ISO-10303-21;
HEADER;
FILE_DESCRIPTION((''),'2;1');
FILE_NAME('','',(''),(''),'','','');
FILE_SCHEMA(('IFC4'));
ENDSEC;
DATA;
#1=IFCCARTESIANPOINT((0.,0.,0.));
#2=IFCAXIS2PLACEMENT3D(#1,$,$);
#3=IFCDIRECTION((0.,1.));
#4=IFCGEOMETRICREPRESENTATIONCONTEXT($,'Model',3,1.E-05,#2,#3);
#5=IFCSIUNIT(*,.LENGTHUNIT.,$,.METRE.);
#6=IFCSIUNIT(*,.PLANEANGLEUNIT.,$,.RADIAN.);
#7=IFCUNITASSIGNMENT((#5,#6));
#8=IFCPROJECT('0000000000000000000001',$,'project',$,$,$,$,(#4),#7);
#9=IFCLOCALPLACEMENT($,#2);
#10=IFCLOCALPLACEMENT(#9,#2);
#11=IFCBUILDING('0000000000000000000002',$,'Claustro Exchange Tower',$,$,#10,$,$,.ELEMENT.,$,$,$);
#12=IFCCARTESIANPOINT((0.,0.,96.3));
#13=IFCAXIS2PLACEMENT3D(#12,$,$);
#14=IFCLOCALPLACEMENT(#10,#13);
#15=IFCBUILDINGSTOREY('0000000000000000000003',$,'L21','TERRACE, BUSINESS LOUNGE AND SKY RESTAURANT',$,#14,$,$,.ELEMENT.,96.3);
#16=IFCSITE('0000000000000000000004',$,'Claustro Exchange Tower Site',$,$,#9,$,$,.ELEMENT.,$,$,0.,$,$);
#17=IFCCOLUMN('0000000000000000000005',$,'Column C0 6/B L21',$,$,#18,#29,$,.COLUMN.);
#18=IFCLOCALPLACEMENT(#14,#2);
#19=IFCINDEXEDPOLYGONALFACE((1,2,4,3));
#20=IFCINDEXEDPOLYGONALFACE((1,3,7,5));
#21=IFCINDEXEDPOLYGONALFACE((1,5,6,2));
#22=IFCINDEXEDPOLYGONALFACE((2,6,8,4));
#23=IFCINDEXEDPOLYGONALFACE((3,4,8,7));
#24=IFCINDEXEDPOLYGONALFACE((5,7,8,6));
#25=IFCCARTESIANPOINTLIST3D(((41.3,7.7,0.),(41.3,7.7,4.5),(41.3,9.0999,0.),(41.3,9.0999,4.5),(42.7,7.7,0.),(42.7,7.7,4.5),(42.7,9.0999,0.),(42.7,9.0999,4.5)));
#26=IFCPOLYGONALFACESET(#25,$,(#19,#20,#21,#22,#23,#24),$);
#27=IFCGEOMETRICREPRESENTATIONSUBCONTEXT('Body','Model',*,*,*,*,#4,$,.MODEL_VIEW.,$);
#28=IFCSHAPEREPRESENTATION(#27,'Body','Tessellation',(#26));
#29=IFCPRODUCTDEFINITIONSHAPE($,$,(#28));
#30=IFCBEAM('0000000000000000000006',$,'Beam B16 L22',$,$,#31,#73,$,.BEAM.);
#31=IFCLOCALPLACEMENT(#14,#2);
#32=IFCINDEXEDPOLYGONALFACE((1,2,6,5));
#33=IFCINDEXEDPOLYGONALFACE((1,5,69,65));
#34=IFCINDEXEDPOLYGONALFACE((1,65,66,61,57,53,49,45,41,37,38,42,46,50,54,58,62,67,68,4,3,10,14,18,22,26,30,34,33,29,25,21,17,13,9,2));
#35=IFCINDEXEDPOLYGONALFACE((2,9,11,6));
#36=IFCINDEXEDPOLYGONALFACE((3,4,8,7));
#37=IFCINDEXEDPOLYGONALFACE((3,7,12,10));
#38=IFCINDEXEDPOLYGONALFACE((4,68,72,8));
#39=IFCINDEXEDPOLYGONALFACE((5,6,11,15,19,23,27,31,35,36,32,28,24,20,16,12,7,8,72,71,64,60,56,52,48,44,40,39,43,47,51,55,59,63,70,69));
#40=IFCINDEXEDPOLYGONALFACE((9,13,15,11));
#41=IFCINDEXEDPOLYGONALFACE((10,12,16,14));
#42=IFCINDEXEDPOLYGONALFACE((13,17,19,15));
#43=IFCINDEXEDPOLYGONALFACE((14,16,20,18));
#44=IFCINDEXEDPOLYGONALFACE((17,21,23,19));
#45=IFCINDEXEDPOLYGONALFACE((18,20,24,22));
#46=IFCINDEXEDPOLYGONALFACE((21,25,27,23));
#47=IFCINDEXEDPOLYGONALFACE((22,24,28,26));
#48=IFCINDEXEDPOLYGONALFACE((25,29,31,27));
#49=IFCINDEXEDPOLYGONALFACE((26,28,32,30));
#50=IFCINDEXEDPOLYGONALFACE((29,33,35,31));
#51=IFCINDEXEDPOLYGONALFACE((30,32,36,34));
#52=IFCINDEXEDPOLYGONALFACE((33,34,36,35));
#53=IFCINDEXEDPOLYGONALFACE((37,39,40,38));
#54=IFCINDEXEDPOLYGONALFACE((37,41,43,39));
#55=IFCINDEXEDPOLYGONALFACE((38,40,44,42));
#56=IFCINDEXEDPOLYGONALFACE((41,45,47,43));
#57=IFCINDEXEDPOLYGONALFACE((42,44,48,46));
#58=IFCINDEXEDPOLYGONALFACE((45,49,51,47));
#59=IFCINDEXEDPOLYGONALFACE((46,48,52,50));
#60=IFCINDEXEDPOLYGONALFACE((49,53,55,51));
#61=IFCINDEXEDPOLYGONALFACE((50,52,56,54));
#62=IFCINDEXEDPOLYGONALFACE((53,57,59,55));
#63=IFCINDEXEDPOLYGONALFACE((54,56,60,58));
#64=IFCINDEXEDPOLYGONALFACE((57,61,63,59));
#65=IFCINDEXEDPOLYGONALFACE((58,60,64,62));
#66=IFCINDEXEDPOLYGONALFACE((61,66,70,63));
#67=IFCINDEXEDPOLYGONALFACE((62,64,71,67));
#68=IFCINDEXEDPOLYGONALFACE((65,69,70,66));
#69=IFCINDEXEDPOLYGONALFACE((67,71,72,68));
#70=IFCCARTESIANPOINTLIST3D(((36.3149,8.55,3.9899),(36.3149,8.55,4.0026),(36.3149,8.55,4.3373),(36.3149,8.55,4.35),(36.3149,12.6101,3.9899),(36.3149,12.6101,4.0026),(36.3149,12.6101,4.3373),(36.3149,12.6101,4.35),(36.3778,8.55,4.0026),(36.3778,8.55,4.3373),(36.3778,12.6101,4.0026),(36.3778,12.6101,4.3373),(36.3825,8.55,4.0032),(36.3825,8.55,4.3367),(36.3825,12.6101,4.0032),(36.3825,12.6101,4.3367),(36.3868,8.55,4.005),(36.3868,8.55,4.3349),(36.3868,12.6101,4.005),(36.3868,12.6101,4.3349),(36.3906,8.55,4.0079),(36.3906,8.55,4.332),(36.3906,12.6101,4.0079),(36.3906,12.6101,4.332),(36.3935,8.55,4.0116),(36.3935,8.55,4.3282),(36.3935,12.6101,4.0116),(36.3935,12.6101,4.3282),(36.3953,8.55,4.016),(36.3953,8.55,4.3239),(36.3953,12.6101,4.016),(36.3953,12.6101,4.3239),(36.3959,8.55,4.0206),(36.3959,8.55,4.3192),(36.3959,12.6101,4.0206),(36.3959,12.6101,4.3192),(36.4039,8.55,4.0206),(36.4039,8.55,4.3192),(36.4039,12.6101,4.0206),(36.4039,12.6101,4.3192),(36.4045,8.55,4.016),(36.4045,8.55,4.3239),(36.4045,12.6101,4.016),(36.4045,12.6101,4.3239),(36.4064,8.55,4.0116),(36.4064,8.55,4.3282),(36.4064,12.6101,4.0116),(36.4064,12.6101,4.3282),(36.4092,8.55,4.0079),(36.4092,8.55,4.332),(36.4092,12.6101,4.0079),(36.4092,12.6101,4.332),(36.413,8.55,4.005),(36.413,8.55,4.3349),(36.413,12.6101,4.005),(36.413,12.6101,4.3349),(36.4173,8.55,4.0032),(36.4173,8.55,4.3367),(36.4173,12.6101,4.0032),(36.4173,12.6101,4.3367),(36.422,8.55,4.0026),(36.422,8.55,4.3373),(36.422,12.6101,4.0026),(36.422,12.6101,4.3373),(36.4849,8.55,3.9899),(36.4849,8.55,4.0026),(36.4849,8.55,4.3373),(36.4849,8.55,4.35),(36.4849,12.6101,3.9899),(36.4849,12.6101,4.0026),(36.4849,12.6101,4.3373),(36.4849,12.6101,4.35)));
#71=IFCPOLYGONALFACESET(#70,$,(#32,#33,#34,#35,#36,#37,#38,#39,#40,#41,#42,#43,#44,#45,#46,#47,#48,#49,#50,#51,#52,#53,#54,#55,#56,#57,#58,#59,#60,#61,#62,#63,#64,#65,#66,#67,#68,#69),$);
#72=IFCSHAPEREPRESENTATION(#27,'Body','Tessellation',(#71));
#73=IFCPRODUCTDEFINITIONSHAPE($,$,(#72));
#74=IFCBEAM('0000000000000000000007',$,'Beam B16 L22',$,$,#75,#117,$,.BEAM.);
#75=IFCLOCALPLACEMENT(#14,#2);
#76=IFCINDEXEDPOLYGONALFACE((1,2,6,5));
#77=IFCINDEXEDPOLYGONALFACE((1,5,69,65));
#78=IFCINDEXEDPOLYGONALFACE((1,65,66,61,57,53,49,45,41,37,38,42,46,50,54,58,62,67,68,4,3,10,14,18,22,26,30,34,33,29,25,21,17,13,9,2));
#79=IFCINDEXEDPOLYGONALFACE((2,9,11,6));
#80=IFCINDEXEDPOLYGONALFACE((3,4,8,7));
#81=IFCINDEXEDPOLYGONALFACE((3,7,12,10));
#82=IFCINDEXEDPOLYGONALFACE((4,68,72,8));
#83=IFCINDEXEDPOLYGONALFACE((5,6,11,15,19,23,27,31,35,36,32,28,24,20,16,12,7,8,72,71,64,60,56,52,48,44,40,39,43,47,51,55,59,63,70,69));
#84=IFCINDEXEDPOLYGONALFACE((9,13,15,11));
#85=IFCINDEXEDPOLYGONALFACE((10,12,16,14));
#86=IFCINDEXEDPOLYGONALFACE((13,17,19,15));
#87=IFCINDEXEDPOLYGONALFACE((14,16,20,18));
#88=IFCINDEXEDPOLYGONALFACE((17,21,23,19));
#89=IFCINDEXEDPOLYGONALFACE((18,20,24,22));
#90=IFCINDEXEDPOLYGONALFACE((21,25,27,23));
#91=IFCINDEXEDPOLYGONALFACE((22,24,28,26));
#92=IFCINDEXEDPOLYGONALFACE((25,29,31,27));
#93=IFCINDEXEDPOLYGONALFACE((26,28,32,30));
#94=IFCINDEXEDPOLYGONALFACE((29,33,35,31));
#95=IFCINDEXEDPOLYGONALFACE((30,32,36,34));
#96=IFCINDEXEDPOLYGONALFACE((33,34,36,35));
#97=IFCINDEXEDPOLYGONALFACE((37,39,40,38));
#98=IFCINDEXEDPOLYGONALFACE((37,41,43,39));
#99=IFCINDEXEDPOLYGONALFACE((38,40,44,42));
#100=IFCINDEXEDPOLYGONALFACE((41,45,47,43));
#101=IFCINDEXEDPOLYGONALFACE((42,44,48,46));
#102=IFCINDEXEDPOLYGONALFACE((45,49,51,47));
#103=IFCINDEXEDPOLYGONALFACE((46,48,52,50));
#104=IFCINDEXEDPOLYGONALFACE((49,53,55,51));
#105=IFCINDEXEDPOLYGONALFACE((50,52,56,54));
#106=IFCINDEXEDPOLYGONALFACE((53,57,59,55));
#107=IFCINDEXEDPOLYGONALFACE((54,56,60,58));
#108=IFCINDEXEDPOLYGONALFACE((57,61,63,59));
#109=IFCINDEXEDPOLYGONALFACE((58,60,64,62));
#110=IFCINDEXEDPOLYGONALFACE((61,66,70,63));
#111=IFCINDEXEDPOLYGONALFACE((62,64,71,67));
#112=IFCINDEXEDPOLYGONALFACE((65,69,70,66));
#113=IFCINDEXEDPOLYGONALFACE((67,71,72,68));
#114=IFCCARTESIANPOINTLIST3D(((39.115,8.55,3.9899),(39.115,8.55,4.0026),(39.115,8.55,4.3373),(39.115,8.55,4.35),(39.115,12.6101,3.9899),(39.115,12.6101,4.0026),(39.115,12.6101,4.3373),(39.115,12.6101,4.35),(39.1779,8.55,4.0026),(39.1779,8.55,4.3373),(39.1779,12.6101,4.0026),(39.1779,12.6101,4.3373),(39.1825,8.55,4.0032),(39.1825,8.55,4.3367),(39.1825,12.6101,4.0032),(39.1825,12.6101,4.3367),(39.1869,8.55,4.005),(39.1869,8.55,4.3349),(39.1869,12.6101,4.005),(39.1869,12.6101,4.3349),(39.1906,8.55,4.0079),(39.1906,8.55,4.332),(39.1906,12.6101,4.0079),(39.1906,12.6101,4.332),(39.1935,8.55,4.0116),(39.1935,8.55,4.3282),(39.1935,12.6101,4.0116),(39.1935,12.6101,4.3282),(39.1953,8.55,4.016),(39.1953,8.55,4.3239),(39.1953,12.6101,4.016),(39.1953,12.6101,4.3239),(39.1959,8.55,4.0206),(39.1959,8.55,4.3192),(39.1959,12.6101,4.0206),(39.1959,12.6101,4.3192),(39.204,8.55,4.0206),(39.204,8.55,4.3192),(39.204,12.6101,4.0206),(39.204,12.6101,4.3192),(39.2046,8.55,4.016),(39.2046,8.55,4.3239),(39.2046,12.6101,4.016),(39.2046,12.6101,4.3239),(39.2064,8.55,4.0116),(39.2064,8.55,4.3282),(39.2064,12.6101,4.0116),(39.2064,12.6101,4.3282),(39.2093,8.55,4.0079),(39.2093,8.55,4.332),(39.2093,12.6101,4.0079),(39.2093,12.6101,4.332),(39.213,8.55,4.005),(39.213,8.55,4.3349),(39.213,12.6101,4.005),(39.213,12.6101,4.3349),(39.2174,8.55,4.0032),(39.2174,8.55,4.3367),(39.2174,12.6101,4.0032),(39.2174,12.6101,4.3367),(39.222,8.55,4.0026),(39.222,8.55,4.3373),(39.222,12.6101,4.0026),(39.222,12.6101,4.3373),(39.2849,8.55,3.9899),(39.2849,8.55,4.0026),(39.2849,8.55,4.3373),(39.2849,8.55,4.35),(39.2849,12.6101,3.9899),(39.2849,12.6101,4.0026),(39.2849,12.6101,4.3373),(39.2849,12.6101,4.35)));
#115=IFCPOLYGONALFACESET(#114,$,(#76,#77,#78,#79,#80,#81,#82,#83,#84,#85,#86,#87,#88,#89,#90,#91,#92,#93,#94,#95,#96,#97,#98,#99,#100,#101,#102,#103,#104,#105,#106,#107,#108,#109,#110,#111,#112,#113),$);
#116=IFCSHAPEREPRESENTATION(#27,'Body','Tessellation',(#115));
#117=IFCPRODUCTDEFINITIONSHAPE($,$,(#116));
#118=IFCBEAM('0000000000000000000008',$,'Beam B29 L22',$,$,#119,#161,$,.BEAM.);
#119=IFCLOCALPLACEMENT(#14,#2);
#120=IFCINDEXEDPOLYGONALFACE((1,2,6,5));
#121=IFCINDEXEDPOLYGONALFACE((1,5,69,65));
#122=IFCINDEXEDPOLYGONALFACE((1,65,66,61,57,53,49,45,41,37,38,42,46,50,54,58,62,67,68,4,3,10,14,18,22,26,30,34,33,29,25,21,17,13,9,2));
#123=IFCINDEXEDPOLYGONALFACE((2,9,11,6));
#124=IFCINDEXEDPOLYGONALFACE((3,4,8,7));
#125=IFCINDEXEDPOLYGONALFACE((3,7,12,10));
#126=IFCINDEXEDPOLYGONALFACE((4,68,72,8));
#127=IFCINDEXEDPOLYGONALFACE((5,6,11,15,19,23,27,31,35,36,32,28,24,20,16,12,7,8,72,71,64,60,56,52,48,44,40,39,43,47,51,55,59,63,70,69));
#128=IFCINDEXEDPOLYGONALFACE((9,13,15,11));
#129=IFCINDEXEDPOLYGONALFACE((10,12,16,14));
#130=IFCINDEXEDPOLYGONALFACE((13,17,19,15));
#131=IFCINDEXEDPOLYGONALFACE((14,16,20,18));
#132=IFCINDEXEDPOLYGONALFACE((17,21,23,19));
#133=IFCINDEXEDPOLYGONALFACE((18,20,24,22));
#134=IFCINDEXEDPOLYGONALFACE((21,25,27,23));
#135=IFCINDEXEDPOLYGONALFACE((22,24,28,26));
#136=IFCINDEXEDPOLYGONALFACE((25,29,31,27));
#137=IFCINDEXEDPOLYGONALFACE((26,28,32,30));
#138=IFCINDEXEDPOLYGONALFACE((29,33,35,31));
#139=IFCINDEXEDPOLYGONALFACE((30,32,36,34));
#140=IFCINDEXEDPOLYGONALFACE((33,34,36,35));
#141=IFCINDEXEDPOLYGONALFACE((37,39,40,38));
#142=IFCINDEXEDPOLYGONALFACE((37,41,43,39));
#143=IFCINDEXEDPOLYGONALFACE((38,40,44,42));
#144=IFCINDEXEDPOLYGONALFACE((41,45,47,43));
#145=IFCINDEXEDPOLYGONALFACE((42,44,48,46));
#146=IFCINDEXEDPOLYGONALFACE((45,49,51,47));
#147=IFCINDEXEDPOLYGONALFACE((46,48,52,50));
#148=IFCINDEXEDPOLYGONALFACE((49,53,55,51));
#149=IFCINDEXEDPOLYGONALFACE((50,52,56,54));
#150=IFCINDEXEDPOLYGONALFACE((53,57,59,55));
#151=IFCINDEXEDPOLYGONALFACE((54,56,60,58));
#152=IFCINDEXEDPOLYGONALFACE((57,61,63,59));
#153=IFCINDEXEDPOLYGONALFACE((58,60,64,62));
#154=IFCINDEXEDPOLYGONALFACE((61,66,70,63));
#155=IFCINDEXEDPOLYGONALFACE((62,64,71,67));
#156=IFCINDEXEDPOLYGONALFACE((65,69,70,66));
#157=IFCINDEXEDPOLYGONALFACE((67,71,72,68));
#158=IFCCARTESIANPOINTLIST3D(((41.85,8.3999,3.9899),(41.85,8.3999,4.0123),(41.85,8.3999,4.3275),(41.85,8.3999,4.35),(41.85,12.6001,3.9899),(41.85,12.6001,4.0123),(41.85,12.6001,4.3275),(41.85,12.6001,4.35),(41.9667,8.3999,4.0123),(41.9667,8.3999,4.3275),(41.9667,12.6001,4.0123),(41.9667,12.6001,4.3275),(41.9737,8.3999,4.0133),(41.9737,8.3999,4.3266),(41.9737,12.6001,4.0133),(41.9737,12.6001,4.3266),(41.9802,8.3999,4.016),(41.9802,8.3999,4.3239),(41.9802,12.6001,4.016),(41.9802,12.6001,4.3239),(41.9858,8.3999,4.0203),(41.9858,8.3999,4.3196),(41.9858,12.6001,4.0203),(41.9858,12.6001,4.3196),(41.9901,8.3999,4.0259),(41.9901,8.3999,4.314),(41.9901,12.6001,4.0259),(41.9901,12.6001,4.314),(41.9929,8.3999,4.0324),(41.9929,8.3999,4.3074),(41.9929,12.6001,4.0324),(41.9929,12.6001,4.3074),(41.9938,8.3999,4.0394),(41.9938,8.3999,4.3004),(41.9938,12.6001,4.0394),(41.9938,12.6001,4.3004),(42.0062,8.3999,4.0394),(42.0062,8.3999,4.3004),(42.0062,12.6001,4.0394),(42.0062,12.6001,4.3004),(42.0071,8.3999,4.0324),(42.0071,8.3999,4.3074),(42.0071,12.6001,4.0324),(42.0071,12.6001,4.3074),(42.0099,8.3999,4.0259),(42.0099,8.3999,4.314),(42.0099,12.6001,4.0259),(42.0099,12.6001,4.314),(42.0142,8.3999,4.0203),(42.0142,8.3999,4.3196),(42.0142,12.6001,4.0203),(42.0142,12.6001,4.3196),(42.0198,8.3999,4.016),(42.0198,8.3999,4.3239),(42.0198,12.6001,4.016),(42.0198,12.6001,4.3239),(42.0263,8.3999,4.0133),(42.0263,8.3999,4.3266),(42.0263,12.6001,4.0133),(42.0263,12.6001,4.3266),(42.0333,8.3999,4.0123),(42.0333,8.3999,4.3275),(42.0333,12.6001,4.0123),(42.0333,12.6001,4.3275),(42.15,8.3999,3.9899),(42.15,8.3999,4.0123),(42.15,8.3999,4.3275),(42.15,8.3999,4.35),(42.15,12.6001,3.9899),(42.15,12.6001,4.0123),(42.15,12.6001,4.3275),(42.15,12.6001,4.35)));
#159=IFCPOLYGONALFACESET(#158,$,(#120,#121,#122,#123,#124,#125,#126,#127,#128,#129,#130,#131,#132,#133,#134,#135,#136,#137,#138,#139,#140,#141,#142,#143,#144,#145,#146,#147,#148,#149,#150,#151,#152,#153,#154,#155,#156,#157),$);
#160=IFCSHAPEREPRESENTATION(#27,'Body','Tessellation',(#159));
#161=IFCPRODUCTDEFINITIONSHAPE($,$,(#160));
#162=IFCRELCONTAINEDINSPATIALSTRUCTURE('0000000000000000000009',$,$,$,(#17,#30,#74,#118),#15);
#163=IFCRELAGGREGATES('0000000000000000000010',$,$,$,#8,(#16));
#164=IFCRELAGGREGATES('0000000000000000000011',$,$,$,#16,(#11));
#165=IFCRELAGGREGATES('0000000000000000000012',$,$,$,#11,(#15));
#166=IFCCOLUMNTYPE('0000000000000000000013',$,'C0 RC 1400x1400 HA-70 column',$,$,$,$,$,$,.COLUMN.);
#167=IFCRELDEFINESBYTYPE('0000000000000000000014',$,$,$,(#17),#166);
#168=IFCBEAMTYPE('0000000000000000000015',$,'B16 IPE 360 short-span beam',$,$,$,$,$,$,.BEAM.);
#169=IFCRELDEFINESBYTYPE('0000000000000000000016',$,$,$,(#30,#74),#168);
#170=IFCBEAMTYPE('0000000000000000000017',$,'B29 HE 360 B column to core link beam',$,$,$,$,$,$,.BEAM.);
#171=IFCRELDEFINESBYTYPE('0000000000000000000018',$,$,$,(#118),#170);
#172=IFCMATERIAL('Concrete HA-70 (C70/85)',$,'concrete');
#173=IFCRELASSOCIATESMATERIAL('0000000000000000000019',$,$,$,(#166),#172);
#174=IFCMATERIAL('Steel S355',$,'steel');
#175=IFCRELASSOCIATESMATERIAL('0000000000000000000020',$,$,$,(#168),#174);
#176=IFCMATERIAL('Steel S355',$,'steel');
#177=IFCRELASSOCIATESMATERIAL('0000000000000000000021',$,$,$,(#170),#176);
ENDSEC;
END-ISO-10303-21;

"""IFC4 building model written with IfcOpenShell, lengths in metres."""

from ifc_helpers import new_model, si_unit, direction, frame, origin, origin_2d, place, context, subcontext, project, spatial, rectangle, i_section, extrude, material, material_profile, profile_set, type_object, element, save


model = new_model("IFC4")

# Units and contexts
model_context = context("Model", 3, precision=1e-05, world=origin(), true_north=direction((0.0, 1.0)))
body_context = subcontext(model_context, "Body", "Model", "MODEL_VIEW")
ifc_project = project(units=[si_unit("LENGTHUNIT", "METRE"), si_unit("PLANEANGLEUNIT", "RADIAN")], contexts=[model_context])

# Site, building, storey
site_placement = place(None, origin())
site = spatial("IfcSite", under=ifc_project, at=site_placement, Name="Claustro Exchange Tower Site", CompositionType="ELEMENT", RefElevation=0.0)
building_placement = place(site_placement, origin())
building = spatial("IfcBuilding", under=site, at=building_placement, Name="Claustro Exchange Tower", CompositionType="ELEMENT")
storey_placement = place(building_placement, frame((0.0, 0.0, 96.3)))
storey = spatial("IfcBuildingStorey", under=building, at=storey_placement, Name="L21", Description="TERRACE, BUSINESS LOUNGE AND SKY RESTAURANT", CompositionType="ELEMENT", Elevation=96.3)

# Column
ifc_material_1 = material(Name="Concrete HA-70 (C70/85)", Category="concrete")
ifc_material_profile_1 = material_profile(ifc_material_1, rectangle(XDim=1.3999, YDim=1.3999, at=origin_2d()), Name="RC 1400x1400")
ifc_profile_set_1 = profile_set([ifc_material_profile_1], Name="Concrete HA-70 (C70/85)")
column_type = type_object("IfcColumnType", Name="C0 RC 1400x1400 HA-70 column", PredefinedType="COLUMN", material=ifc_profile_set_1)
column_placement = place(storey_placement, frame((42.0, 8.3999, 0.0), z_axis=(0.0, 0.0, 1.0), x_axis=(1.0, 0.0, 0.0)))
element("IfcColumn", 1, at=column_placement, inside=storey, type_object=column_type, Name="Column C0 6/B L21", PredefinedType="COLUMN", context=body_context, shape_type="SweptSolid", body=[
    extrude(rectangle(XDim=1.3999, YDim=1.3999, at=origin_2d()), origin(), (0.0, 0.0, 1.0), 4.5),
])

# Beams
ifc_material_2 = material(Name="Steel S355", Category="steel")
ifc_material_profile_2 = material_profile(ifc_material_2, i_section(OverallWidth=0.1699, OverallDepth=0.3601, WebThickness=0.0081, FlangeThickness=0.0127, FilletRadius=0.0181, at=origin_2d()), Name="IPE 360")
ifc_profile_set_2 = profile_set([ifc_material_profile_2], Name="Steel S355")
beam_type_1 = type_object("IfcBeamType", Name="B16 IPE 360 short-span beam", PredefinedType="BEAM", material=ifc_profile_set_2)
for number, where, z_axis, x_axis, name in (
    (2, (36.3999, 8.55, 4.1699), (0.0, 1.0, 0.0), (-1.0, 0.0, 0.0), "Beam B16 L22"),
    (3, (39.2, 8.55, 4.1699), (0.0, 1.0, 0.0), (-1.0, 0.0, 0.0), "Beam B16 L22"),
):
    element("IfcBeam", number, at=place(storey_placement, frame(where, z_axis=z_axis, x_axis=x_axis)), inside=storey, type_object=beam_type_1, Name=name, PredefinedType="BEAM", context=body_context, shape_type="SweptSolid", body=[
        extrude(i_section(OverallWidth=0.1699, OverallDepth=0.3601, WebThickness=0.0081, FlangeThickness=0.0127, FilletRadius=0.0181, at=origin_2d()), origin(), (0.0, 0.0, 1.0), 4.0601),
    ])
ifc_material_3 = material(Name="Steel S355", Category="steel")
ifc_material_profile_3 = material_profile(ifc_material_3, i_section(OverallWidth=0.3, OverallDepth=0.3601, WebThickness=0.0125, FlangeThickness=0.0225, FilletRadius=0.0271, at=origin_2d()), Name="HE 360 B")
ifc_profile_set_3 = profile_set([ifc_material_profile_3], Name="Steel S355")
beam_type_2 = type_object("IfcBeamType", Name="B29 HE 360 B column to core link beam", PredefinedType="BEAM", material=ifc_profile_set_3)
beam_1_placement = place(storey_placement, frame((42.0, 8.3999, 4.1699), z_axis=(0.0, 1.0, 0.0), x_axis=(-1.0, 0.0, 0.0)))
element("IfcBeam", 4, at=beam_1_placement, inside=storey, type_object=beam_type_2, Name="Beam B29 L22", PredefinedType="BEAM", context=body_context, shape_type="SweptSolid", body=[
    extrude(i_section(OverallWidth=0.3, OverallDepth=0.3601, WebThickness=0.0125, FlangeThickness=0.0225, FilletRadius=0.0271, at=origin_2d()), origin(), (0.0, 0.0, 1.0), 4.2002),
])

save(model, "model.ifc")
